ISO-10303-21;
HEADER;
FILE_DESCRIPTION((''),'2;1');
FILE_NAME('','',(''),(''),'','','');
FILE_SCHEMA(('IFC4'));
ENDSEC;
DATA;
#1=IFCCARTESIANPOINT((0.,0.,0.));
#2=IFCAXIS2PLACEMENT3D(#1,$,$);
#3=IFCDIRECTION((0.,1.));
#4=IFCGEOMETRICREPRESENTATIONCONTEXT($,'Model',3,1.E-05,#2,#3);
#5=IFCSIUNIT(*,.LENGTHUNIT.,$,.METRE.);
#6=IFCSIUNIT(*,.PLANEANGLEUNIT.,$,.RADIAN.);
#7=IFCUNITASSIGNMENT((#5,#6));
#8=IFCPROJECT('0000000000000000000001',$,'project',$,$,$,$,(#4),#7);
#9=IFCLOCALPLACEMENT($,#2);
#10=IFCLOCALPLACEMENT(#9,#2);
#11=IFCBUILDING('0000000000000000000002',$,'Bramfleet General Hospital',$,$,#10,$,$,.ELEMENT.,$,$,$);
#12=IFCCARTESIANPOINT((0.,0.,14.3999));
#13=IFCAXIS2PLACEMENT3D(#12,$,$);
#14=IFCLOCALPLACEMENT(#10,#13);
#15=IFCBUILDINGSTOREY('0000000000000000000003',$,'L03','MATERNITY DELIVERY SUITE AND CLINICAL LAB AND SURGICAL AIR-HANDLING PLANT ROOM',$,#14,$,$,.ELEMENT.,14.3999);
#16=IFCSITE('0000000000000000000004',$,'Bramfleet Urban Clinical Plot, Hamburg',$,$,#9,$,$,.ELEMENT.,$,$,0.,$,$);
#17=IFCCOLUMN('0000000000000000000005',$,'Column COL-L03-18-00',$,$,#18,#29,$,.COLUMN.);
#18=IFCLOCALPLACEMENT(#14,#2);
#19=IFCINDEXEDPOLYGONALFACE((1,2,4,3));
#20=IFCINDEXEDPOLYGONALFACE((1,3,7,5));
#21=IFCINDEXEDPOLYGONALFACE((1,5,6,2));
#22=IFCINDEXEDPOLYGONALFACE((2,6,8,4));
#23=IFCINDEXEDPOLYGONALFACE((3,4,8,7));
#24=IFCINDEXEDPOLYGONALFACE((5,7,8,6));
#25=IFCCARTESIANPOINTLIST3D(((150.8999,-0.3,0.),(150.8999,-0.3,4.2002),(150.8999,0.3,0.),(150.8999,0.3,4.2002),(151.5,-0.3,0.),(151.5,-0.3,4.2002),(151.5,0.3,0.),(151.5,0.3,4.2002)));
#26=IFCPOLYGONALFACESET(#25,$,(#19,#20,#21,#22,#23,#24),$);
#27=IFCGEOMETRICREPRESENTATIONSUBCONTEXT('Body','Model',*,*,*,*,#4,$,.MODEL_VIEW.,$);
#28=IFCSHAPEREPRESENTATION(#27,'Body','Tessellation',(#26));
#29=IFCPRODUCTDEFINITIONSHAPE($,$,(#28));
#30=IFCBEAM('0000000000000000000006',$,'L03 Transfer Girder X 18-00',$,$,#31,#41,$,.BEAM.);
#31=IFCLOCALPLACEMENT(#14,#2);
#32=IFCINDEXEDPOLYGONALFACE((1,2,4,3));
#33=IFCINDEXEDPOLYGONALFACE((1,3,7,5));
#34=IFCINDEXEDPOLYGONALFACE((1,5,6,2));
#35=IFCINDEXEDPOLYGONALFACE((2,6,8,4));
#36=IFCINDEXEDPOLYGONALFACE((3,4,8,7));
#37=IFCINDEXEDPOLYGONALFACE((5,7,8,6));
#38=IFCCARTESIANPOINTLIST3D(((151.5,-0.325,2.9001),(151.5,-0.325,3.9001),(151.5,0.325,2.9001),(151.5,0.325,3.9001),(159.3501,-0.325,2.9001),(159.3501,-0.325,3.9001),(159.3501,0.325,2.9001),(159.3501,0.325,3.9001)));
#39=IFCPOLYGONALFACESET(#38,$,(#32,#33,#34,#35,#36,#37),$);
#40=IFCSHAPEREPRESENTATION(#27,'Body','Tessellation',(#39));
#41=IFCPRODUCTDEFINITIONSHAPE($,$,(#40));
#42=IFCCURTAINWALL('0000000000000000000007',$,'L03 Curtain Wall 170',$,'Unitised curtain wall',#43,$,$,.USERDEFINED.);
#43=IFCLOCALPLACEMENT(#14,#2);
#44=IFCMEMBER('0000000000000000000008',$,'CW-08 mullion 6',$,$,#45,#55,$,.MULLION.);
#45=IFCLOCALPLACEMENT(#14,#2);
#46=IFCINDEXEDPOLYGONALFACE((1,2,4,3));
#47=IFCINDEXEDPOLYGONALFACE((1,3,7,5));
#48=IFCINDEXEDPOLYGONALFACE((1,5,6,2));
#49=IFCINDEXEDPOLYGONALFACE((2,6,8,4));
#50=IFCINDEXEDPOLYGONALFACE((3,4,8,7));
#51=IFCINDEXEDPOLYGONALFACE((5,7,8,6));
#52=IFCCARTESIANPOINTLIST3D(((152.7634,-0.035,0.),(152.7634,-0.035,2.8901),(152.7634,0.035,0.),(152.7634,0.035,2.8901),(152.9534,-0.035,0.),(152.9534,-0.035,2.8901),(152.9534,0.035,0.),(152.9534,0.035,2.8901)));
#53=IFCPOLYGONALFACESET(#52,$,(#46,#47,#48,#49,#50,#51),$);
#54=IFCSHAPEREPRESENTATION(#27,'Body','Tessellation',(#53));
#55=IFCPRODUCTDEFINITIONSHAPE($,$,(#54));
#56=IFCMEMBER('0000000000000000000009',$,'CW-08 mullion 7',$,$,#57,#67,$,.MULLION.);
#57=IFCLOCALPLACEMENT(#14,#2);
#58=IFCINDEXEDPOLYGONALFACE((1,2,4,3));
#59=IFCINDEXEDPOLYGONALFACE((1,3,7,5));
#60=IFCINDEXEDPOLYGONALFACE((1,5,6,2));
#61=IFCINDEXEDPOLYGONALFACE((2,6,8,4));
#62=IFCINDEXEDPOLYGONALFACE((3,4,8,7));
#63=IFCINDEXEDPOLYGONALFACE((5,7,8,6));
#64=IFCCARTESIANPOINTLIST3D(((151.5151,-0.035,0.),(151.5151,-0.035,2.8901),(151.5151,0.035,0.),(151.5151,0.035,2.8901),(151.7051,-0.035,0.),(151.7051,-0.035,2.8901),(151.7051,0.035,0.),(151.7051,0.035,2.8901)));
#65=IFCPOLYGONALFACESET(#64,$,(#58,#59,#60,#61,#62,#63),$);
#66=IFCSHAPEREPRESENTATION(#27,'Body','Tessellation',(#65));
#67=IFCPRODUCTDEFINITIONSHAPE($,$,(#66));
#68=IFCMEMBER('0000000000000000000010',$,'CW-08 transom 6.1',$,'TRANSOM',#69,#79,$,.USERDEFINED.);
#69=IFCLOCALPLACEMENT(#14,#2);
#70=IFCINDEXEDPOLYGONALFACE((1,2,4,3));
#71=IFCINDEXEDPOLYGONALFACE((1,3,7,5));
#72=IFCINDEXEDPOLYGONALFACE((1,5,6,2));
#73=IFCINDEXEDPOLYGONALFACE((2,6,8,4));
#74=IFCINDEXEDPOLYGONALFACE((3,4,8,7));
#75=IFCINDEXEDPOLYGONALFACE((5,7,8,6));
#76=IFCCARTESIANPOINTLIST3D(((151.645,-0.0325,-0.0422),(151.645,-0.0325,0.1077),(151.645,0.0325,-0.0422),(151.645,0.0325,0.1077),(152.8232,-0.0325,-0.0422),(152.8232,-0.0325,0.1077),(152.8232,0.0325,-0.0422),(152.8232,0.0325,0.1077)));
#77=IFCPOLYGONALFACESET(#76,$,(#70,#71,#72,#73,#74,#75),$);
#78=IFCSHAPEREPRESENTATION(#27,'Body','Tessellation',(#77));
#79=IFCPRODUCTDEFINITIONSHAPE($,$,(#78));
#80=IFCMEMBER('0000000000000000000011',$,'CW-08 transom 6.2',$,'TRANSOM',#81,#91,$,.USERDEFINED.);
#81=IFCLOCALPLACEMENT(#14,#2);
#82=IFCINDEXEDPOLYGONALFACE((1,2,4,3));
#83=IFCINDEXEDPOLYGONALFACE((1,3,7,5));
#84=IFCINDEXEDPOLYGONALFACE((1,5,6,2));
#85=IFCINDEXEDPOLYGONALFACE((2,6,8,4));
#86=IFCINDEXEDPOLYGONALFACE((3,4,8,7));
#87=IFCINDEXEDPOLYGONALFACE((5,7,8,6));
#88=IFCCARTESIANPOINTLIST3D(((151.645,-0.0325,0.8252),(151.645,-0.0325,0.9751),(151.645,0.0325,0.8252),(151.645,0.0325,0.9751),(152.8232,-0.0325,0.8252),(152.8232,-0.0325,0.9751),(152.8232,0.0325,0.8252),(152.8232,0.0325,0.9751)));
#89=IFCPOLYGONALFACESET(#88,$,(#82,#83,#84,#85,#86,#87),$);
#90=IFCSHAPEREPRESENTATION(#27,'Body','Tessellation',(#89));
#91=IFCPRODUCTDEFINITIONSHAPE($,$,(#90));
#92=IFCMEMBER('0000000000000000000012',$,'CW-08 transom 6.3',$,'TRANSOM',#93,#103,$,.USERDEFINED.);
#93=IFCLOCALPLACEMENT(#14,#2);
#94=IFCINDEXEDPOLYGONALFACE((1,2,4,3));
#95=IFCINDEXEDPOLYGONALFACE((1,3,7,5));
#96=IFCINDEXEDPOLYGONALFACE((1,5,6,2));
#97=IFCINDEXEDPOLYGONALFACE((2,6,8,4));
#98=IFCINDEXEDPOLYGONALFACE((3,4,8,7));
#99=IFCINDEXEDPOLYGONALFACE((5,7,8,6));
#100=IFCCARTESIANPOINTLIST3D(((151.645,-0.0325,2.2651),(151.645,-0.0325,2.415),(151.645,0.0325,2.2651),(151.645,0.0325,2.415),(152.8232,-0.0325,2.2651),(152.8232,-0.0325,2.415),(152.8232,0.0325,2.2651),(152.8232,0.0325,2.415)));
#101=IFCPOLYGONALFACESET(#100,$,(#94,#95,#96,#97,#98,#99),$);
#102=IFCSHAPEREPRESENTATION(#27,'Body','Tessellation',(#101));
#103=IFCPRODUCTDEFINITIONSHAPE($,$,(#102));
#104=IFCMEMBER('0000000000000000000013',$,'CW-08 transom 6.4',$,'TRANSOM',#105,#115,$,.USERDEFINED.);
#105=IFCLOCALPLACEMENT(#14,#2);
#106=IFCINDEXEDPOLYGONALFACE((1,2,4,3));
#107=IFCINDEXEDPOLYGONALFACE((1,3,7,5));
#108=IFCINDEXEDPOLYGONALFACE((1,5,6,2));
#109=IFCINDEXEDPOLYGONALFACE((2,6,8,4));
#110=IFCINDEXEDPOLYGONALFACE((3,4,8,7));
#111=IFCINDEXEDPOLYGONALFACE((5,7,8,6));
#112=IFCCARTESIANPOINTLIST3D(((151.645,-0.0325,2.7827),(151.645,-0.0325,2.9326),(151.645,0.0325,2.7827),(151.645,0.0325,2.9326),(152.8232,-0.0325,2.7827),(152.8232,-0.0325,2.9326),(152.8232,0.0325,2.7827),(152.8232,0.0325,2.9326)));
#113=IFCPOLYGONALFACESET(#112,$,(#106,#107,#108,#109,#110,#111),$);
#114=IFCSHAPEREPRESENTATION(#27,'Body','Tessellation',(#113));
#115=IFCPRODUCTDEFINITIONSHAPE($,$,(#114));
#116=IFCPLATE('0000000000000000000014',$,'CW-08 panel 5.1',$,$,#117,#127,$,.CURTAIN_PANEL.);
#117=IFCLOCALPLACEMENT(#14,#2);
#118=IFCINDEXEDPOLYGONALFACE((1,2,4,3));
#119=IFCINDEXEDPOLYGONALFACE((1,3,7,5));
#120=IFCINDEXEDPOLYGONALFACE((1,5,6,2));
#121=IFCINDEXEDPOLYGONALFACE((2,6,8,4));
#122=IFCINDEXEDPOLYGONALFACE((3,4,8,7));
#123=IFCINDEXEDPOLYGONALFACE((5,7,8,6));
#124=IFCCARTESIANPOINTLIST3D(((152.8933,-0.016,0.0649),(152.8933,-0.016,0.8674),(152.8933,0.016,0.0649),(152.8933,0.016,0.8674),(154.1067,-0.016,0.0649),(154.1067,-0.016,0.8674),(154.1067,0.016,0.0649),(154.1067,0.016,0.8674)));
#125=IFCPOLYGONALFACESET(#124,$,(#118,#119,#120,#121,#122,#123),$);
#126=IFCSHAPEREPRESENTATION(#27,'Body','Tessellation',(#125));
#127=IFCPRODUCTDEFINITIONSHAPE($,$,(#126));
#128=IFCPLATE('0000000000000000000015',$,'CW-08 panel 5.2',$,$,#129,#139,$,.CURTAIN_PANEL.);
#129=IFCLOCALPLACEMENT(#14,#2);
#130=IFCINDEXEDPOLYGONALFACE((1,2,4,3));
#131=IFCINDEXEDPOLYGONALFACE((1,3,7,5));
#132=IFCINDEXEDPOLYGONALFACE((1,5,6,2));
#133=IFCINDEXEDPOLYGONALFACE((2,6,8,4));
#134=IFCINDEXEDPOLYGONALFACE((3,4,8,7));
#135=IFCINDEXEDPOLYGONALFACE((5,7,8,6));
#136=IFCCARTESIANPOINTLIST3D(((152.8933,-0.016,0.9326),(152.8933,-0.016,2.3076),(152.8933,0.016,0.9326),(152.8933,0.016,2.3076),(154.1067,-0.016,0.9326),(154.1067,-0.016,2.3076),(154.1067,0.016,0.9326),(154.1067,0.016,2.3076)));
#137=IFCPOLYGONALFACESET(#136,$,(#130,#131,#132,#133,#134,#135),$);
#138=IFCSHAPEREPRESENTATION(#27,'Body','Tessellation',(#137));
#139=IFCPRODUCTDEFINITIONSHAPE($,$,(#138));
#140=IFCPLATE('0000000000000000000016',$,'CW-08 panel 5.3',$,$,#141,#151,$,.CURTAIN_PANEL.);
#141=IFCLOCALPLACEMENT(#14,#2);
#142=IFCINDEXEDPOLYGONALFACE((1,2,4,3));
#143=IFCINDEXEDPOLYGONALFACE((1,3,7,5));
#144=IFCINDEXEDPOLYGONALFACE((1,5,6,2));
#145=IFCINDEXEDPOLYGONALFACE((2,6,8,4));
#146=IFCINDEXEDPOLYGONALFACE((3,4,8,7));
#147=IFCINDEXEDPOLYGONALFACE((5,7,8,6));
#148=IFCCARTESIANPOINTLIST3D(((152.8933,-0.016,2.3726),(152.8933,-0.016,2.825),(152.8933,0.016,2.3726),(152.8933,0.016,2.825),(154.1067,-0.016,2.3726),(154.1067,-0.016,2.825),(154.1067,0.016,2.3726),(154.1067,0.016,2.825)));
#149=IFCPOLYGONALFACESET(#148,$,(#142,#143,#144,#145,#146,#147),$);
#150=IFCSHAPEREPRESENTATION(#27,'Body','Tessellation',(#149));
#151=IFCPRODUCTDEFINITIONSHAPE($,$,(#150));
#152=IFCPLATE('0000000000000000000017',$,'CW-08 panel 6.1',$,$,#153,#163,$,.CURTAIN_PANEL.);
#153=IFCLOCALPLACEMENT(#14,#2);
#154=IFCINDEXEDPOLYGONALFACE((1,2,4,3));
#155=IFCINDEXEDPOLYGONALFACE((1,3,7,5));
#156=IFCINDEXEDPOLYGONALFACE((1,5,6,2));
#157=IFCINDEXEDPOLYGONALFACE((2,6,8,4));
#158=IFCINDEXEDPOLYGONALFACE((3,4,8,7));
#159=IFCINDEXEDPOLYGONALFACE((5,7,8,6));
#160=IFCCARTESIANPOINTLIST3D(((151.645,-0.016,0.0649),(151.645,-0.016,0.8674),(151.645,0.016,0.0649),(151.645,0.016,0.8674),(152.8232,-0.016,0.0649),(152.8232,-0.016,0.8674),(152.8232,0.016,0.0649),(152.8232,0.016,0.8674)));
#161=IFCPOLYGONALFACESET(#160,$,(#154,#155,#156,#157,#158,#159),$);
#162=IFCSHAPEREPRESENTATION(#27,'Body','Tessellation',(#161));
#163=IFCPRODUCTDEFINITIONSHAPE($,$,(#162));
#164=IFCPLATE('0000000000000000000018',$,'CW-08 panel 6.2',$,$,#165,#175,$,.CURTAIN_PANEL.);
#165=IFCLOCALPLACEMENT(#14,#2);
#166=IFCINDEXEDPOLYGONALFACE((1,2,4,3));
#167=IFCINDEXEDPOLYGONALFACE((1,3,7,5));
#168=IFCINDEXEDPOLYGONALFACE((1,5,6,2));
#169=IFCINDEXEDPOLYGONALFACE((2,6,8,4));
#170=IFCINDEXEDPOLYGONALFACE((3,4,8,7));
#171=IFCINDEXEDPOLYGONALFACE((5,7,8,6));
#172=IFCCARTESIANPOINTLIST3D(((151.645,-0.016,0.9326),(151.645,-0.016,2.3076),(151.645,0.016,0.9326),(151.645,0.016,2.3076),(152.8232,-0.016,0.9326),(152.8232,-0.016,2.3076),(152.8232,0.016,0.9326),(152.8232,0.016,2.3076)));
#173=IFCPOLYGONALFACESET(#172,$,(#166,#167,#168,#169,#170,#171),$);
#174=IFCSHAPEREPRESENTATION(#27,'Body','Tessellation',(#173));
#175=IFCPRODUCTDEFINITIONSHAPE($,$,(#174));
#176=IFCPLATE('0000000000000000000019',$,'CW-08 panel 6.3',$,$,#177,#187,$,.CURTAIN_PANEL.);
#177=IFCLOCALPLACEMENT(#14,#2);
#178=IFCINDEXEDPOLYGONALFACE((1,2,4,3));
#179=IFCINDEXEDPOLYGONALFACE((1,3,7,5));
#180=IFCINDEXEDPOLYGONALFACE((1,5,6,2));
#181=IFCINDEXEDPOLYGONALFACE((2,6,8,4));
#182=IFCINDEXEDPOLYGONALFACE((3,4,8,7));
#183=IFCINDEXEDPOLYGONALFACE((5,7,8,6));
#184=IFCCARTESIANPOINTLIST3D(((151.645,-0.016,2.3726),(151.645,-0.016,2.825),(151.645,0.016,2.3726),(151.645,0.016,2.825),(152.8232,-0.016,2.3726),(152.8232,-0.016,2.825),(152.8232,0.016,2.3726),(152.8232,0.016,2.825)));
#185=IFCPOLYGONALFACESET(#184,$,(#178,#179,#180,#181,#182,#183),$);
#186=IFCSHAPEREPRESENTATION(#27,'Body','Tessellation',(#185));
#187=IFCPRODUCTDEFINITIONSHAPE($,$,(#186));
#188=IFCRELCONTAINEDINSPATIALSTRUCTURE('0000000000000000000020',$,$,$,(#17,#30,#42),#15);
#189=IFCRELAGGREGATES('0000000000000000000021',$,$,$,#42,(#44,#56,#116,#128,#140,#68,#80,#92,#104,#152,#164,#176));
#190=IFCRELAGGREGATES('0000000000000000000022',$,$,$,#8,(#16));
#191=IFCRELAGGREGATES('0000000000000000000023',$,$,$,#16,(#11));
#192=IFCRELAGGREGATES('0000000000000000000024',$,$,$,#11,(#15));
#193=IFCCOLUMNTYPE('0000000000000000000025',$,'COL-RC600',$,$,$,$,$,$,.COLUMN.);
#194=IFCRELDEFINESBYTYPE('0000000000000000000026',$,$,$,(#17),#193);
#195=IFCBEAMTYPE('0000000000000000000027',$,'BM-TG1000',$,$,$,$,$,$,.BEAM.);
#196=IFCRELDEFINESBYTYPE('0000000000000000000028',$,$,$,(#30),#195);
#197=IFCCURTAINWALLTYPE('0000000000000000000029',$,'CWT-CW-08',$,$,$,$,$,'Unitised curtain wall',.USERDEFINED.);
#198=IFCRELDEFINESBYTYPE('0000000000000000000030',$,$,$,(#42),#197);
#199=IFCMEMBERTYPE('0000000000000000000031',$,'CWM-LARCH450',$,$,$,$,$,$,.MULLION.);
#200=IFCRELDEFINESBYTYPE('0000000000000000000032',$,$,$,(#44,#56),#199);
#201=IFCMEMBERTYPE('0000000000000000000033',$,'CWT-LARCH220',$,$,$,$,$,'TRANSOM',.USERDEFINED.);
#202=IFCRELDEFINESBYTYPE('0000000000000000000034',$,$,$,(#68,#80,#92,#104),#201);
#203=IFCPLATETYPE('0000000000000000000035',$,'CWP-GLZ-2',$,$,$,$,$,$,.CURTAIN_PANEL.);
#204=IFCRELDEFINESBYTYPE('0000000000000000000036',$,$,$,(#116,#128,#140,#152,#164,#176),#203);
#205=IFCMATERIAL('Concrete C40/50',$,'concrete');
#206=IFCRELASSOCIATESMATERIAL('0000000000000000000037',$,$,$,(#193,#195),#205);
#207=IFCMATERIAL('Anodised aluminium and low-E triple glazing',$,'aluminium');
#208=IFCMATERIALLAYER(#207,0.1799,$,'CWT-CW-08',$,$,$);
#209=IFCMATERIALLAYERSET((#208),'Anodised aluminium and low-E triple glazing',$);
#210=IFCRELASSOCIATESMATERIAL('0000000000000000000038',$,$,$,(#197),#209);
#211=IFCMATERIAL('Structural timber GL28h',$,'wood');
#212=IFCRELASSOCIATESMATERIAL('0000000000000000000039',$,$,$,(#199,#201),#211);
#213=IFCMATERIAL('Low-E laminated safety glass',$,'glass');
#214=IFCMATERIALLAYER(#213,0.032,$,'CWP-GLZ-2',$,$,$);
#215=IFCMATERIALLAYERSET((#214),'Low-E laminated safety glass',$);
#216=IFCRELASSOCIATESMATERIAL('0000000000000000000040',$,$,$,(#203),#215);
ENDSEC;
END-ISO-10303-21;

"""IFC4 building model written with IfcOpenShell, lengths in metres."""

from ifc_helpers import new_model, si_unit, direction, frame, origin, origin_2d, place, context, subcontext, project, spatial, rectangle, extrude, material, layer, layer_set, material_profile, profile_set, type_object, element, aggregate, save


model = new_model("IFC4")

# Units and contexts
model_context = context("Model", 3, precision=1e-05, world=origin(), true_north=direction((0.0, 1.0)))
body_context = subcontext(model_context, "Body", "Model", "MODEL_VIEW")
ifc_project = project(units=[si_unit("LENGTHUNIT", "METRE"), si_unit("PLANEANGLEUNIT", "RADIAN")], contexts=[model_context])

# Site, building, storey
site_placement = place(None, origin())
site = spatial("IfcSite", under=ifc_project, at=site_placement, Name="Bramfleet Urban Clinical Plot, Hamburg", CompositionType="ELEMENT", RefElevation=0.0)
building_placement = place(site_placement, origin())
building = spatial("IfcBuilding", under=site, at=building_placement, Name="Bramfleet General Hospital", CompositionType="ELEMENT")
storey_placement = place(building_placement, frame((0.0, 0.0, 14.3999)))
storey = spatial("IfcBuildingStorey", under=building, at=storey_placement, Name="L03", Description="MATERNITY DELIVERY SUITE AND CLINICAL LAB AND SURGICAL AIR-HANDLING PLANT ROOM", CompositionType="ELEMENT", Elevation=14.3999)

# Column
ifc_material_1 = material(Name="Concrete C40/50", Category="concrete")
ifc_material_profile_1 = material_profile(ifc_material_1, rectangle(XDim=0.6001, YDim=0.6001, at=origin_2d()), Name="RC COL 600x600")
ifc_profile_set_1 = profile_set([ifc_material_profile_1], Name="Concrete C40/50")
column_type = type_object("IfcColumnType", Name="COL-RC600", PredefinedType="COLUMN", material=ifc_profile_set_1)
column_placement = place(storey_placement, frame((151.2, 0.0, 0.0), z_axis=(0.0, 0.0, 1.0), x_axis=(1.0, 0.0, 0.0)))
element("IfcColumn", 1, at=column_placement, inside=storey, type_object=column_type, Name="Column COL-L03-18-00", PredefinedType="COLUMN", context=body_context, shape_type="SweptSolid", body=[
    extrude(rectangle(XDim=0.6001, YDim=0.6001, at=origin_2d()), origin(), (0.0, 0.0, 1.0), 4.2002),
])

# Beam
ifc_material_profile_2 = material_profile(ifc_material_1, rectangle(XDim=0.6499, YDim=1.0, at=origin_2d()), Name="RC TG 1000x650")
ifc_profile_set_2 = profile_set([ifc_material_profile_2], Name="Concrete C40/50")
beam_type = type_object("IfcBeamType", Name="BM-TG1000", PredefinedType="BEAM", material=ifc_profile_set_2)
beam_placement = place(storey_placement, frame((151.5, 0.0, 3.4001), z_axis=(1.0, 0.0, 0.0), x_axis=(0.0, 1.0, 0.0)))
element("IfcBeam", 2, at=beam_placement, inside=storey, type_object=beam_type, Name="L03 Transfer Girder X 18-00", PredefinedType="BEAM", context=body_context, shape_type="SweptSolid", body=[
    extrude(rectangle(XDim=0.6499, YDim=1.0, at=origin_2d()), origin(), (0.0, 0.0, 1.0), 7.8501),
])

# Curtain wall, members, plates
ifc_material_2 = material(Name="Anodised aluminium and low-E triple glazing", Category="aluminium")
ifc_layer_1 = layer(ifc_material_2, 0.1799, Name="CWT-CW-08")
ifc_layer_set_1 = layer_set([ifc_layer_1], Name="Anodised aluminium and low-E triple glazing")
curtain_wall_type = type_object("IfcCurtainWallType", Name="CWT-CW-08", ElementType="Unitised curtain wall", PredefinedType="USERDEFINED", material=ifc_layer_set_1)
curtain_wall_placement = place(storey_placement, origin())
curtain_wall = element("IfcCurtainWall", 3, at=curtain_wall_placement, inside=storey, type_object=curtain_wall_type, Name="L03 Curtain Wall 170", ObjectType="Unitised curtain wall", PredefinedType="USERDEFINED")
ifc_material_3 = material(Name="Structural timber GL28h", Category="wood")
ifc_material_profile_3 = material_profile(ifc_material_3, rectangle(XDim=0.0701, YDim=0.1899, at=origin_2d()), Name="LARCH 190x70")
ifc_profile_set_3 = profile_set([ifc_material_profile_3], Name="Structural timber GL28h")
member_type_1 = type_object("IfcMemberType", Name="CWM-LARCH450", PredefinedType="MULLION", material=ifc_profile_set_3)
member_1_placement = place(storey_placement, frame((152.8584, 0.0, 0.0), z_axis=(0.0, 0.0, 1.0), x_axis=(0.0, -1.0, 0.0)))
member_1 = element("IfcMember", 4, at=member_1_placement, type_object=member_type_1, Name="CW-08 mullion 6", PredefinedType="MULLION", context=body_context, shape_type="SweptSolid", body=[
    extrude(rectangle(XDim=0.0701, YDim=0.1899, at=origin_2d()), origin(), (0.0, 0.0, 1.0), 2.8901),
])
member_2_placement = place(storey_placement, frame((151.6101, 0.0, 0.0), z_axis=(0.0, 0.0, 1.0), x_axis=(0.0, -1.0, 0.0)))
member_2 = element("IfcMember", 5, at=member_2_placement, type_object=member_type_1, Name="CW-08 mullion 7", PredefinedType="MULLION", context=body_context, shape_type="SweptSolid", body=[
    extrude(rectangle(XDim=0.0701, YDim=0.1899, at=origin_2d()), origin(), (0.0, 0.0, 1.0), 2.8901),
])
ifc_material_profile_4 = material_profile(ifc_material_3, rectangle(XDim=0.0649, YDim=0.1499, at=origin_2d()), Name="LARCH 150x65")
ifc_profile_set_4 = profile_set([ifc_material_profile_4], Name="Structural timber GL28h")
member_type_2 = type_object("IfcMemberType", Name="CWT-LARCH220", ElementType="TRANSOM", PredefinedType="USERDEFINED", material=ifc_profile_set_4)
member_3_placement = place(storey_placement, frame((152.8232, 0.0, 0.0327), z_axis=(-1.0, 0.0, 0.0), x_axis=(0.0, -1.0, 0.0)))
member_3 = element("IfcMember", 6, at=member_3_placement, type_object=member_type_2, Name="CW-08 transom 6.1", ObjectType="TRANSOM", PredefinedType="USERDEFINED", context=body_context, shape_type="SweptSolid", body=[
    extrude(rectangle(XDim=0.0649, YDim=0.1499, at=origin_2d()), origin(), (0.0, 0.0, 1.0), 1.1782),
])
member_4_placement = place(storey_placement, frame((152.8232, 0.0, 0.9001), z_axis=(-1.0, 0.0, 0.0), x_axis=(0.0, -1.0, 0.0)))
member_4 = element("IfcMember", 7, at=member_4_placement, type_object=member_type_2, Name="CW-08 transom 6.2", ObjectType="TRANSOM", PredefinedType="USERDEFINED", context=body_context, shape_type="SweptSolid", body=[
    extrude(rectangle(XDim=0.0649, YDim=0.1499, at=origin_2d()), origin(), (0.0, 0.0, 1.0), 1.1782),
])
member_5_placement = place(storey_placement, frame((152.8232, 0.0, 2.3401), z_axis=(-1.0, 0.0, 0.0), x_axis=(0.0, -1.0, 0.0)))
member_5 = element("IfcMember", 8, at=member_5_placement, type_object=member_type_2, Name="CW-08 transom 6.3", ObjectType="TRANSOM", PredefinedType="USERDEFINED", context=body_context, shape_type="SweptSolid", body=[
    extrude(rectangle(XDim=0.0649, YDim=0.1499, at=origin_2d()), origin(), (0.0, 0.0, 1.0), 1.1782),
])
member_6_placement = place(storey_placement, frame((152.8232, 0.0, 2.8577), z_axis=(-1.0, 0.0, 0.0), x_axis=(0.0, -1.0, 0.0)))
member_6 = element("IfcMember", 9, at=member_6_placement, type_object=member_type_2, Name="CW-08 transom 6.4", ObjectType="TRANSOM", PredefinedType="USERDEFINED", context=body_context, shape_type="SweptSolid", body=[
    extrude(rectangle(XDim=0.0649, YDim=0.1499, at=origin_2d()), origin(), (0.0, 0.0, 1.0), 1.1782),
])
ifc_material_4 = material(Name="Low-E laminated safety glass", Category="glass")
ifc_layer_2 = layer(ifc_material_4, 0.032, Name="CWP-GLZ-2")
ifc_layer_set_2 = layer_set([ifc_layer_2], Name="Low-E laminated safety glass")
plate_type = type_object("IfcPlateType", Name="CWP-GLZ-2", PredefinedType="CURTAIN_PANEL", material=ifc_layer_set_2)
plate_1_placement = place(storey_placement, frame((153.5, 0.0, 0.0649), z_axis=(0.0, 0.0, 1.0), x_axis=(-1.0, 0.0, 0.0)))
plate_1 = element("IfcPlate", 10, at=plate_1_placement, type_object=plate_type, Name="CW-08 panel 5.1", PredefinedType="CURTAIN_PANEL", context=body_context, shape_type="SweptSolid", body=[
    extrude(rectangle(XDim=1.2134, YDim=0.032, at=origin_2d()), origin(), (0.0, 0.0, 1.0), 0.8025),
])
plate_2_placement = place(storey_placement, frame((153.5, 0.0, 0.9326), z_axis=(0.0, 0.0, 1.0), x_axis=(-1.0, 0.0, 0.0)))
plate_2 = element("IfcPlate", 11, at=plate_2_placement, type_object=plate_type, Name="CW-08 panel 5.2", PredefinedType="CURTAIN_PANEL", context=body_context, shape_type="SweptSolid", body=[
    extrude(rectangle(XDim=1.2134, YDim=0.032, at=origin_2d()), origin(), (0.0, 0.0, 1.0), 1.375),
])
plate_3_placement = place(storey_placement, frame((153.5, 0.0, 2.3726), z_axis=(0.0, 0.0, 1.0), x_axis=(-1.0, 0.0, 0.0)))
plate_3 = element("IfcPlate", 12, at=plate_3_placement, type_object=plate_type, Name="CW-08 panel 5.3", PredefinedType="CURTAIN_PANEL", context=body_context, shape_type="SweptSolid", body=[
    extrude(rectangle(XDim=1.2134, YDim=0.032, at=origin_2d()), origin(), (0.0, 0.0, 1.0), 0.4524),
])
plate_4_placement = place(storey_placement, frame((152.2341, 0.0, 0.0649), z_axis=(0.0, 0.0, 1.0), x_axis=(-1.0, 0.0, 0.0)))
plate_4 = element("IfcPlate", 13, at=plate_4_placement, type_object=plate_type, Name="CW-08 panel 6.1", PredefinedType="CURTAIN_PANEL", context=body_context, shape_type="SweptSolid", body=[
    extrude(rectangle(XDim=1.1782, YDim=0.032, at=origin_2d()), origin(), (0.0, 0.0, 1.0), 0.8025),
])
plate_5_placement = place(storey_placement, frame((152.2341, 0.0, 0.9326), z_axis=(0.0, 0.0, 1.0), x_axis=(-1.0, 0.0, 0.0)))
plate_5 = element("IfcPlate", 14, at=plate_5_placement, type_object=plate_type, Name="CW-08 panel 6.2", PredefinedType="CURTAIN_PANEL", context=body_context, shape_type="SweptSolid", body=[
    extrude(rectangle(XDim=1.1782, YDim=0.032, at=origin_2d()), origin(), (0.0, 0.0, 1.0), 1.375),
])
plate_6_placement = place(storey_placement, frame((152.2341, 0.0, 2.3726), z_axis=(0.0, 0.0, 1.0), x_axis=(-1.0, 0.0, 0.0)))
plate_6 = element("IfcPlate", 15, at=plate_6_placement, type_object=plate_type, Name="CW-08 panel 6.3", PredefinedType="CURTAIN_PANEL", context=body_context, shape_type="SweptSolid", body=[
    extrude(rectangle(XDim=1.1782, YDim=0.032, at=origin_2d()), origin(), (0.0, 0.0, 1.0), 0.4524),
])
aggregate(curtain_wall, [member_1, member_2, plate_1, plate_2, plate_3, member_3, member_4, member_5, member_6, plate_4, plate_5, plate_6])

save(model, "model.ifc")
